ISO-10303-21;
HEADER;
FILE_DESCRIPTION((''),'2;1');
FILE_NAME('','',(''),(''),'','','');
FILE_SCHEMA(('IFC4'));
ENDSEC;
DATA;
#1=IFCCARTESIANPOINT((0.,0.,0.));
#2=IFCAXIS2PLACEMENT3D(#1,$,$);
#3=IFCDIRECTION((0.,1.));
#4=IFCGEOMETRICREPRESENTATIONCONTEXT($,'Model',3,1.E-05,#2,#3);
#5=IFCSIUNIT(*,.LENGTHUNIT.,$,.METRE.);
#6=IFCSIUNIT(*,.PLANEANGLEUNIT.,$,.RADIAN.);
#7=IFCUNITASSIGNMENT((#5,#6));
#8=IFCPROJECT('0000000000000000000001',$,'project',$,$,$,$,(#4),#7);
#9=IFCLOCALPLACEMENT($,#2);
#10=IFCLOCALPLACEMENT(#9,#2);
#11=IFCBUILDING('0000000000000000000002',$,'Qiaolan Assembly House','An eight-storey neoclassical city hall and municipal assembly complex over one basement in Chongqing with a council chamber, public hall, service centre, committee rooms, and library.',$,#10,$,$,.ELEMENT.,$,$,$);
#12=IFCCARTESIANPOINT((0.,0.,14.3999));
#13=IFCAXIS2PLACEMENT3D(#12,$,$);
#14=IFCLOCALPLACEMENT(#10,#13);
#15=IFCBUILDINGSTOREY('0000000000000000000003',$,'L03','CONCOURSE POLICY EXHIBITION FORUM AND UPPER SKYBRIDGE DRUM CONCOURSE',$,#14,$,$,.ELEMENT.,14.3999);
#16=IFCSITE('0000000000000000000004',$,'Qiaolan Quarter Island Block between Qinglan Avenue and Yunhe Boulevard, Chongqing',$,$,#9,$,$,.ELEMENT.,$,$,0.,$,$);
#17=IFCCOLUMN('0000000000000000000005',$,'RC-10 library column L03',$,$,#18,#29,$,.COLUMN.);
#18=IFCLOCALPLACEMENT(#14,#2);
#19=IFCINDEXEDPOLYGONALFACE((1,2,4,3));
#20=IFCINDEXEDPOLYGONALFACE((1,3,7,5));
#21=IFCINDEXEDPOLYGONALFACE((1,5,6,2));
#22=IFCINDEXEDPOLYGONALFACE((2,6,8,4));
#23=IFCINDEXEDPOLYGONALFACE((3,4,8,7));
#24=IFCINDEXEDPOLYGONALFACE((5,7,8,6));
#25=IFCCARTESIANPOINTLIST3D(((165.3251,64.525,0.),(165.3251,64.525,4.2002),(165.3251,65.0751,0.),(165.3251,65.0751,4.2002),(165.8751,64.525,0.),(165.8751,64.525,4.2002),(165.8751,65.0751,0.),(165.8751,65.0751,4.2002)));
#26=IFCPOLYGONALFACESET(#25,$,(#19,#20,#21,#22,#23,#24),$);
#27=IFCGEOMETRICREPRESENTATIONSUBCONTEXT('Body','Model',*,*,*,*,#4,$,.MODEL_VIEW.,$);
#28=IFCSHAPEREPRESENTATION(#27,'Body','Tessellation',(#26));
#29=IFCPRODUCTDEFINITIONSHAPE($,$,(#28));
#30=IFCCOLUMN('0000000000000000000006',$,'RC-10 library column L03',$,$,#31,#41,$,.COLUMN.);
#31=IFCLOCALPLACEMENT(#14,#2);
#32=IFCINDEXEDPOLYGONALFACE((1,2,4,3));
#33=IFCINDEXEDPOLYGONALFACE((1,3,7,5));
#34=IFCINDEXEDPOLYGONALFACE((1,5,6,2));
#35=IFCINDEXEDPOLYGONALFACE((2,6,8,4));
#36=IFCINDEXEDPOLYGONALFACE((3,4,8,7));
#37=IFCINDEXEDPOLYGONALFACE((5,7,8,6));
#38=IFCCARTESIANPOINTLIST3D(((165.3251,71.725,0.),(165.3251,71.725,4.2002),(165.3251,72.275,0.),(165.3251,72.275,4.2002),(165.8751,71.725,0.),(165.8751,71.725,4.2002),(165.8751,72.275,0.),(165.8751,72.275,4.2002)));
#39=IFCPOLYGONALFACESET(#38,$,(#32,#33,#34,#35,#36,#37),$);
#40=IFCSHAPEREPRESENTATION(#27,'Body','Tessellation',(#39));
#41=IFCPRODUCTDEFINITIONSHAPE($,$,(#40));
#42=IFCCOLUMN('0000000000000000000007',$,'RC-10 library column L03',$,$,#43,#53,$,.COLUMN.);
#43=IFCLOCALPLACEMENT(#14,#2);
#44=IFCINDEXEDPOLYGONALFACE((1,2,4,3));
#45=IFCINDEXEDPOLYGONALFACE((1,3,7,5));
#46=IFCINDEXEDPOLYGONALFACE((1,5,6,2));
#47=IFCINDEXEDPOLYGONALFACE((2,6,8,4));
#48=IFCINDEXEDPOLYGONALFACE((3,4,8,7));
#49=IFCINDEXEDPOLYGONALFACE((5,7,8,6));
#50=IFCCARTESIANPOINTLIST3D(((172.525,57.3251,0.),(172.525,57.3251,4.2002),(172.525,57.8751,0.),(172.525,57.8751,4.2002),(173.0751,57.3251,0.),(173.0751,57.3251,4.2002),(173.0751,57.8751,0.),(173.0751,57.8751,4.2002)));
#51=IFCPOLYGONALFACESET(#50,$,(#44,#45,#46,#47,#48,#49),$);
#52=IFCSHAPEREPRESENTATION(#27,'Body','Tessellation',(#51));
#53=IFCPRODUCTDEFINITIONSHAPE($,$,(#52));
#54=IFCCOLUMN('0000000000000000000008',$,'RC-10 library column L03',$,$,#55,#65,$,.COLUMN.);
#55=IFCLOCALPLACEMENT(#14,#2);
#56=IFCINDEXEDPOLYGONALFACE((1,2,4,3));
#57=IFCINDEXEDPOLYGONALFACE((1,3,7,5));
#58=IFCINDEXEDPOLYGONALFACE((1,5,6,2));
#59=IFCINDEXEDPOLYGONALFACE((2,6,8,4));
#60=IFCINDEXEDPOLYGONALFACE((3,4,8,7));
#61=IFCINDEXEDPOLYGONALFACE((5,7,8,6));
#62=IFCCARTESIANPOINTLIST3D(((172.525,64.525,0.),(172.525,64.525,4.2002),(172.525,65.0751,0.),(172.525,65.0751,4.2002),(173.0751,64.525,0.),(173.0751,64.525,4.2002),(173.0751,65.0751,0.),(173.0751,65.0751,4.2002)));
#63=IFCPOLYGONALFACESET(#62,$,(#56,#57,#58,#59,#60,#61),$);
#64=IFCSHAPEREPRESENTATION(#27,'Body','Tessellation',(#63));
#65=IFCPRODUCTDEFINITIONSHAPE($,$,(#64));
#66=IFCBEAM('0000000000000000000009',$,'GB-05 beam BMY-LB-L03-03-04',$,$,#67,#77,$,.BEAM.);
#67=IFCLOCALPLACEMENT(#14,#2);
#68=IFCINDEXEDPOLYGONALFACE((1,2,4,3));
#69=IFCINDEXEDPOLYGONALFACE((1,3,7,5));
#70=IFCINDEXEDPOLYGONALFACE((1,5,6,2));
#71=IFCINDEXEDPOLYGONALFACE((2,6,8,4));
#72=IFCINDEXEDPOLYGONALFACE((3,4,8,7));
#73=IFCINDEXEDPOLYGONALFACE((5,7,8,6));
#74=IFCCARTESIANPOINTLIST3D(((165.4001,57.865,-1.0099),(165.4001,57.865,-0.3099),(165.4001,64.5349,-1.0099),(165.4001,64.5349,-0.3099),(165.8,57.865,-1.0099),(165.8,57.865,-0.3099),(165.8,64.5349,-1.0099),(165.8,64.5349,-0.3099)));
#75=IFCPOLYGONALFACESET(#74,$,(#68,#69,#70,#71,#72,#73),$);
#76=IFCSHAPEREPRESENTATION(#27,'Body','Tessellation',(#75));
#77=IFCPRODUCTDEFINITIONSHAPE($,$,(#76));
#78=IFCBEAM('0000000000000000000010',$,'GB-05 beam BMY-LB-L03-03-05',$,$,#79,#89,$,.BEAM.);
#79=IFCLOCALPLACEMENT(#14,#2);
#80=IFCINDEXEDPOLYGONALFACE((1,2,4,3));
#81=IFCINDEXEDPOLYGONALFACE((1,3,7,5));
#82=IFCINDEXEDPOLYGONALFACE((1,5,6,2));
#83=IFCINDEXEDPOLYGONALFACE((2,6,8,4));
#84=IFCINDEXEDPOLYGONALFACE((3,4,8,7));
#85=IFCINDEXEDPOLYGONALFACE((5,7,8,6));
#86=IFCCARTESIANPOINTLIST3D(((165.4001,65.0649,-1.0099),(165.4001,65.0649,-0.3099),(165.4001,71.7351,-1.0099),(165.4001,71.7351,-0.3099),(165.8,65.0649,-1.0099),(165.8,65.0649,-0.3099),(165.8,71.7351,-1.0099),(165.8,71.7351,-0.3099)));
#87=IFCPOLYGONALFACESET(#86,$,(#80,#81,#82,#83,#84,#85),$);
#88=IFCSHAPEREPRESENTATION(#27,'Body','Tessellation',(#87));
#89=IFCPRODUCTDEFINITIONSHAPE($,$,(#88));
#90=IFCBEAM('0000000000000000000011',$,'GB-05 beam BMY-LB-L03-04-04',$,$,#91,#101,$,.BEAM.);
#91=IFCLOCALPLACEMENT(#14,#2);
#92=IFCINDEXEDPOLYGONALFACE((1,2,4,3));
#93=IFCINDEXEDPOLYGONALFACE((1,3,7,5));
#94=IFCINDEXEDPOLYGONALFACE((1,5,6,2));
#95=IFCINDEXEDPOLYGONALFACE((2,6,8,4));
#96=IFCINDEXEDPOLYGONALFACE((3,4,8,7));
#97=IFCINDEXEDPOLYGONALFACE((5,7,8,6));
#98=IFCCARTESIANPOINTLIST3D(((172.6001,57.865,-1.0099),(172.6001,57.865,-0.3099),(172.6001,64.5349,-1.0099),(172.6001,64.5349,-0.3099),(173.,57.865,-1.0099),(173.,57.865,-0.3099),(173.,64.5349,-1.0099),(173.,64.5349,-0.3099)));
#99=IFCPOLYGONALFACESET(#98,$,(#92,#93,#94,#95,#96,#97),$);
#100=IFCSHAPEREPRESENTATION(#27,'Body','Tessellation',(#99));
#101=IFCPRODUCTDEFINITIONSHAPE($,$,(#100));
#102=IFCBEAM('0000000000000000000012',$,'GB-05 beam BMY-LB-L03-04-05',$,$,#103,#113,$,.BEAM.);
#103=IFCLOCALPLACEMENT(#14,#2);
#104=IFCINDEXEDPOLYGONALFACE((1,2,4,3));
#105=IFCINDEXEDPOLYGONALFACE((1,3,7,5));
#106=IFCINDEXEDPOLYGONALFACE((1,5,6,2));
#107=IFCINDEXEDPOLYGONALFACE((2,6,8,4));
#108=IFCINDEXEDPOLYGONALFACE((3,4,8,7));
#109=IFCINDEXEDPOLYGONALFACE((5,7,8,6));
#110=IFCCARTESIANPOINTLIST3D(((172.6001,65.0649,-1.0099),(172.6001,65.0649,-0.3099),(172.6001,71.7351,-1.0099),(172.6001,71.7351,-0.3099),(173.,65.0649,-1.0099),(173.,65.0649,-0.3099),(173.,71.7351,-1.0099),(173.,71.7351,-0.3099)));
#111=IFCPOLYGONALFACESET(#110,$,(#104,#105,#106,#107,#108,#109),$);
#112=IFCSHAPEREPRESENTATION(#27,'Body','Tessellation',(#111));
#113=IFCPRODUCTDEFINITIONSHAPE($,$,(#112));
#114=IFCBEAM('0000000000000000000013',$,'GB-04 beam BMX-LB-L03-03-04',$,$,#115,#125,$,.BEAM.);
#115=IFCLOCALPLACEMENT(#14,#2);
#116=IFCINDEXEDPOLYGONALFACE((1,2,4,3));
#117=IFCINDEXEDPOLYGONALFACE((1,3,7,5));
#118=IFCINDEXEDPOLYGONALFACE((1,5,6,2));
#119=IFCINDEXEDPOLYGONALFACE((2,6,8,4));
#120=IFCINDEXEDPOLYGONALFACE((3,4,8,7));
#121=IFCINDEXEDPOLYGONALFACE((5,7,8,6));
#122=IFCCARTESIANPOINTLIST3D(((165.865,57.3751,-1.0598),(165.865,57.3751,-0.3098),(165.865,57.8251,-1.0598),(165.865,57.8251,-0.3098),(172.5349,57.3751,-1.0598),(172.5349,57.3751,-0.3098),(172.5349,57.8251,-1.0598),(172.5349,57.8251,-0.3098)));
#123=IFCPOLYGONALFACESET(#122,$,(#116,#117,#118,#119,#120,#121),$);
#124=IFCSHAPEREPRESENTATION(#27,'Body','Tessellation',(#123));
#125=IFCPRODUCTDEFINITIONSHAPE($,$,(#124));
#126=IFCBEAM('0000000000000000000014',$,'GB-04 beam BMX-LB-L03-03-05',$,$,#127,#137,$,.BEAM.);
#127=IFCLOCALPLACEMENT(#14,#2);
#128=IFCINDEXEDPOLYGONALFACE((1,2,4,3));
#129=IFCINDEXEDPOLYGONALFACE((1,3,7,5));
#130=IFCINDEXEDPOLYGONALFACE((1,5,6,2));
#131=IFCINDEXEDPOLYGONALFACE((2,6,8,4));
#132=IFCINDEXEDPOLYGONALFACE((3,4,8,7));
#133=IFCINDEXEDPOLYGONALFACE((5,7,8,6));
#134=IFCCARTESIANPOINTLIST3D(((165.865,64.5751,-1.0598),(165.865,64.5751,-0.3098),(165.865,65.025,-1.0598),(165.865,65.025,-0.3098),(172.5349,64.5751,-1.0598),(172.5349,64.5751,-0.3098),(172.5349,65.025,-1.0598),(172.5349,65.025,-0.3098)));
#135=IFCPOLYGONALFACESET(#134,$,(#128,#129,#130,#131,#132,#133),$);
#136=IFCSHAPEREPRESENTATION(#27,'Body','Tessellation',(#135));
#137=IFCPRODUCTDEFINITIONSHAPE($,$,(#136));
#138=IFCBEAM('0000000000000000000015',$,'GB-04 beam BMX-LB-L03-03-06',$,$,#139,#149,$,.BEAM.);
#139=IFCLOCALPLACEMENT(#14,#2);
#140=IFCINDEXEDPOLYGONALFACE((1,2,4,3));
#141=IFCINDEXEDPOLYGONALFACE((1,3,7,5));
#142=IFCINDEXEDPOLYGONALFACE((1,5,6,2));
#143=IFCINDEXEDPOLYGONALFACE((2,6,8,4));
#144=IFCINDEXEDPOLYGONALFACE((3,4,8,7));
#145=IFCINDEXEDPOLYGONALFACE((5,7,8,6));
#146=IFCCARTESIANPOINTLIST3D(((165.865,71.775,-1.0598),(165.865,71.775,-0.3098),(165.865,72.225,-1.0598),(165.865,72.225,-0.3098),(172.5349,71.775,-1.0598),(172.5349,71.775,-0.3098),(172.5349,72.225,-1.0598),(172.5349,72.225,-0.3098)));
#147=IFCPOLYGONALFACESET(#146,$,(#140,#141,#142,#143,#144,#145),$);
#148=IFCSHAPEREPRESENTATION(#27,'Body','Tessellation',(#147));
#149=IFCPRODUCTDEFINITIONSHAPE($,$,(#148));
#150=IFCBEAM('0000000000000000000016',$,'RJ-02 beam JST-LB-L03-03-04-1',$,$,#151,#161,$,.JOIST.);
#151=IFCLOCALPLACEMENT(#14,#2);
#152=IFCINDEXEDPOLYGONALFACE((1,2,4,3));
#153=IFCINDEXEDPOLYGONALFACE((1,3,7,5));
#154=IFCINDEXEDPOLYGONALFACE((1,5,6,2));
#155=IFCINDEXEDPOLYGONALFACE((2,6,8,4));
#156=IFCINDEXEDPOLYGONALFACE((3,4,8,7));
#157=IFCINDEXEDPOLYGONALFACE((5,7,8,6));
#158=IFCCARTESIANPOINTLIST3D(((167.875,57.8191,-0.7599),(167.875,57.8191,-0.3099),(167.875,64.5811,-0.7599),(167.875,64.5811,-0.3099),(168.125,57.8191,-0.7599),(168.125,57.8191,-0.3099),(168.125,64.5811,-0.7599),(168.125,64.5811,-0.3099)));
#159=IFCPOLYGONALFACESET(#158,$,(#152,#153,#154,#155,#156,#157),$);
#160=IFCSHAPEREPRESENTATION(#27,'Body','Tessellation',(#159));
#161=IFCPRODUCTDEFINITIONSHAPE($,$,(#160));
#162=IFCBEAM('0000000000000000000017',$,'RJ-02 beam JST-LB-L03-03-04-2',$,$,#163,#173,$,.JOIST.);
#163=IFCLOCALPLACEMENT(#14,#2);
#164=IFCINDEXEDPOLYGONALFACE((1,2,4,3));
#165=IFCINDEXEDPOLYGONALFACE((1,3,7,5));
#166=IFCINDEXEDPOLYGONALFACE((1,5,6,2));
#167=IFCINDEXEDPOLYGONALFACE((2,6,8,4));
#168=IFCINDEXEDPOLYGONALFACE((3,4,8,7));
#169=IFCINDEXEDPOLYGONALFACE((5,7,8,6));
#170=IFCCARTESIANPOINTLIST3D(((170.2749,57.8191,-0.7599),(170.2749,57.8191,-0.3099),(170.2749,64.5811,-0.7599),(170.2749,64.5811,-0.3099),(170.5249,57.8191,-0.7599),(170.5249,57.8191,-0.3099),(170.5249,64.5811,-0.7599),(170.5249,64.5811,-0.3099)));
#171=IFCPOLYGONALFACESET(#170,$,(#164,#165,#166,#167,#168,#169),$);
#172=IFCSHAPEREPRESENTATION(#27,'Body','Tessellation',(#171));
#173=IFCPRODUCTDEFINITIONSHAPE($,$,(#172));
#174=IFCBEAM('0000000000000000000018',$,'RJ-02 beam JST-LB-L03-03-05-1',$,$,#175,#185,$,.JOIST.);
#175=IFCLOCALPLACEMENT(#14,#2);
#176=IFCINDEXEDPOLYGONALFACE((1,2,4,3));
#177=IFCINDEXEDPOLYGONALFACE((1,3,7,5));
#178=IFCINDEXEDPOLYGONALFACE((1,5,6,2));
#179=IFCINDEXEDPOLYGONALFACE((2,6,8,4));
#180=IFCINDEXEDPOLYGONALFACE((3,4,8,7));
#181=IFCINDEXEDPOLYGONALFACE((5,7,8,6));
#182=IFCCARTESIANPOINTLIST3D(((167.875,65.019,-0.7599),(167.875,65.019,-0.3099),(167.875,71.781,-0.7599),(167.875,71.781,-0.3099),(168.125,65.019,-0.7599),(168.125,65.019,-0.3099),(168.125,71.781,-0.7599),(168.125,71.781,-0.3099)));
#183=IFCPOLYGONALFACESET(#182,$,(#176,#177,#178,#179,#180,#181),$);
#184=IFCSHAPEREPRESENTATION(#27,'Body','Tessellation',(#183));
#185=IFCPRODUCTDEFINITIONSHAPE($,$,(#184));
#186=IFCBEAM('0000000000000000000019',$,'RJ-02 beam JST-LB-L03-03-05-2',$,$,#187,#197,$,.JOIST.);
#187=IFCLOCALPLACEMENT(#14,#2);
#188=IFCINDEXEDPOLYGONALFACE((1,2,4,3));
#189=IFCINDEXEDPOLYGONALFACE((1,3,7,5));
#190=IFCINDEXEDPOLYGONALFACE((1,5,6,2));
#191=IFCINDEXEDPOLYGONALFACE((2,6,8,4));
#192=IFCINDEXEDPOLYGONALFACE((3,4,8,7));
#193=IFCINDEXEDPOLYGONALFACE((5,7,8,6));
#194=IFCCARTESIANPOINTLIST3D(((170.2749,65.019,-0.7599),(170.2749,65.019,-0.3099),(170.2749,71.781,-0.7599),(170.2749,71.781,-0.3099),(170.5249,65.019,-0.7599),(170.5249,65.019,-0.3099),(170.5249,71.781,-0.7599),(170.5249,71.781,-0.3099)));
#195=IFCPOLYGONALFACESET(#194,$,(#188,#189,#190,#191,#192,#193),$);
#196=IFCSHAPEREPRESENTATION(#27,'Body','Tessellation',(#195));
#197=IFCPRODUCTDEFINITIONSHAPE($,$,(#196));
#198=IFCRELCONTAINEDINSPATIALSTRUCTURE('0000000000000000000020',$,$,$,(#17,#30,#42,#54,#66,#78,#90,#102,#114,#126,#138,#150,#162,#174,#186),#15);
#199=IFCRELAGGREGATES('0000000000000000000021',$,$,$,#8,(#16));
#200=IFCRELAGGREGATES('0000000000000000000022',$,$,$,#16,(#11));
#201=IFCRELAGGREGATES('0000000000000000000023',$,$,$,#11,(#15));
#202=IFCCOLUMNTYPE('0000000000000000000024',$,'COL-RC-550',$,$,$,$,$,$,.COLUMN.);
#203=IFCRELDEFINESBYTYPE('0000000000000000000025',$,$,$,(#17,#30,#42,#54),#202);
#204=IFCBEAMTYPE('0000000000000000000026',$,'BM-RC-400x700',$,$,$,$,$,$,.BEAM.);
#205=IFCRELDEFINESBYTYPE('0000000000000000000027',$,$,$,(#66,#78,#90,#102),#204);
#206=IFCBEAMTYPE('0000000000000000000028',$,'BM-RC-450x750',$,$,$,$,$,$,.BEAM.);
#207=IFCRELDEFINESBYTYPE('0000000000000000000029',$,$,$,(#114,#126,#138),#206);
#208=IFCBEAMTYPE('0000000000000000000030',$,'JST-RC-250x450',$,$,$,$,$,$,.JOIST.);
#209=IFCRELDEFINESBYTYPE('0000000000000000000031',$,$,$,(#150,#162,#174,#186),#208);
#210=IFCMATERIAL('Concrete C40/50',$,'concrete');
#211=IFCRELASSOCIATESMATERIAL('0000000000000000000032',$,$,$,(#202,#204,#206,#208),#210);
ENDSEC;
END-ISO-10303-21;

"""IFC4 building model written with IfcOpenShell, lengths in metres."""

from ifc_helpers import new_model, si_unit, direction, frame, origin, origin_2d, place, context, subcontext, project, spatial, rectangle, extrude, material, material_profile, profile_set, type_object, element, save


model = new_model("IFC4")

# Units and contexts
model_context = context("Model", 3, precision=1e-05, world=origin(), true_north=direction((0.0, 1.0)))
body_context = subcontext(model_context, "Body", "Model", "MODEL_VIEW")
ifc_project = project(units=[si_unit("LENGTHUNIT", "METRE"), si_unit("PLANEANGLEUNIT", "RADIAN")], contexts=[model_context])

# Site, building, storey
site_placement = place(None, origin())
site = spatial("IfcSite", under=ifc_project, at=site_placement, Name="Qiaolan Quarter Island Block between Qinglan Avenue and Yunhe Boulevard, Chongqing", CompositionType="ELEMENT", RefElevation=0.0)
building_placement = place(site_placement, origin())
building = spatial("IfcBuilding", under=site, at=building_placement, Name="Qiaolan Assembly House", Description="An eight-storey neoclassical city hall and municipal assembly complex over one basement in Chongqing with a council chamber, public hall, service centre, committee rooms, and library.", CompositionType="ELEMENT")
storey_placement = place(building_placement, frame((0.0, 0.0, 14.3999)))
storey = spatial("IfcBuildingStorey", under=building, at=storey_placement, Name="L03", Description="CONCOURSE POLICY EXHIBITION FORUM AND UPPER SKYBRIDGE DRUM CONCOURSE", CompositionType="ELEMENT", Elevation=14.3999)

# Columns
ifc_material_1 = material(Name="Concrete C40/50", Category="concrete")
ifc_material_profile_1 = material_profile(ifc_material_1, rectangle(XDim=0.55, YDim=0.55, at=origin_2d()), Name="RC 550x550")
ifc_profile_set_1 = profile_set([ifc_material_profile_1], Name="Concrete C40/50")
column_type = type_object("IfcColumnType", Name="COL-RC-550", PredefinedType="COLUMN", material=ifc_profile_set_1)
for number, where, z_axis, x_axis, name in (
    (1, (165.6001, 64.8, 0.0), (0.0, 0.0, 1.0), (1.0, 0.0, 0.0), "RC-10 library column L03"),
    (2, (165.6001, 72.0, 0.0), (0.0, 0.0, 1.0), (1.0, 0.0, 0.0), "RC-10 library column L03"),
    (3, (172.8, 57.6001, 0.0), (0.0, 0.0, 1.0), (1.0, 0.0, 0.0), "RC-10 library column L03"),
    (4, (172.8, 64.8, 0.0), (0.0, 0.0, 1.0), (1.0, 0.0, 0.0), "RC-10 library column L03"),
):
    element("IfcColumn", number, at=place(storey_placement, frame(where, z_axis=z_axis, x_axis=x_axis)), inside=storey, type_object=column_type, Name=name, PredefinedType="COLUMN", context=body_context, shape_type="SweptSolid", body=[
        extrude(rectangle(XDim=0.55, YDim=0.55, at=origin_2d()), origin(), (0.0, 0.0, 1.0), 4.2002),
    ])

# Beams
ifc_material_profile_2 = material_profile(ifc_material_1, rectangle(XDim=0.3999, YDim=0.7, at=origin_2d()), Name="RCB 400x700")
ifc_profile_set_2 = profile_set([ifc_material_profile_2], Name="Concrete C40/50")
beam_type_1 = type_object("IfcBeamType", Name="BM-RC-400x700", PredefinedType="BEAM", material=ifc_profile_set_2)
beam_1_placement = place(storey_placement, frame((165.6001, 57.865, -0.6599), z_axis=(0.0, 1.0, 0.0), x_axis=(-1.0, 0.0, 0.0)))
element("IfcBeam", 5, at=beam_1_placement, inside=storey, type_object=beam_type_1, Name="GB-05 beam BMY-LB-L03-03-04", PredefinedType="BEAM", context=body_context, shape_type="SweptSolid", body=[
    extrude(rectangle(XDim=0.3999, YDim=0.7, at=origin_2d()), origin(), (0.0, 0.0, 1.0), 6.6699),
])
beam_2_placement = place(storey_placement, frame((165.6001, 65.0649, -0.6599), z_axis=(0.0, 1.0, 0.0), x_axis=(-1.0, 0.0, 0.0)))
element("IfcBeam", 6, at=beam_2_placement, inside=storey, type_object=beam_type_1, Name="GB-05 beam BMY-LB-L03-03-05", PredefinedType="BEAM", context=body_context, shape_type="SweptSolid", body=[
    extrude(rectangle(XDim=0.3999, YDim=0.7, at=origin_2d()), origin(), (0.0, 0.0, 1.0), 6.6702),
])
beam_3_placement = place(storey_placement, frame((172.8, 57.865, -0.6599), z_axis=(0.0, 1.0, 0.0), x_axis=(-1.0, 0.0, 0.0)))
element("IfcBeam", 7, at=beam_3_placement, inside=storey, type_object=beam_type_1, Name="GB-05 beam BMY-LB-L03-04-04", PredefinedType="BEAM", context=body_context, shape_type="SweptSolid", body=[
    extrude(rectangle(XDim=0.3999, YDim=0.7, at=origin_2d()), origin(), (0.0, 0.0, 1.0), 6.6699),
])
beam_4_placement = place(storey_placement, frame((172.8, 65.0649, -0.6599), z_axis=(0.0, 1.0, 0.0), x_axis=(-1.0, 0.0, 0.0)))
element("IfcBeam", 8, at=beam_4_placement, inside=storey, type_object=beam_type_1, Name="GB-05 beam BMY-LB-L03-04-05", PredefinedType="BEAM", context=body_context, shape_type="SweptSolid", body=[
    extrude(rectangle(XDim=0.3999, YDim=0.7, at=origin_2d()), origin(), (0.0, 0.0, 1.0), 6.6702),
])
ifc_material_profile_3 = material_profile(ifc_material_1, rectangle(XDim=0.45, YDim=0.75, at=origin_2d()), Name="RCB 450x750")
ifc_profile_set_3 = profile_set([ifc_material_profile_3], Name="Concrete C40/50")
beam_type_2 = type_object("IfcBeamType", Name="BM-RC-450x750", PredefinedType="BEAM", material=ifc_profile_set_3)
for number, where, z_axis, x_axis, name in (
    (9, (165.865, 57.6001, -0.6848), (1.0, 0.0, 0.0), (0.0, 1.0, 0.0), "GB-04 beam BMX-LB-L03-03-04"),
    (10, (165.865, 64.8, -0.6848), (1.0, 0.0, 0.0), (0.0, 1.0, 0.0), "GB-04 beam BMX-LB-L03-03-05"),
    (11, (165.865, 72.0, -0.6848), (1.0, 0.0, 0.0), (0.0, 1.0, 0.0), "GB-04 beam BMX-LB-L03-03-06"),
):
    element("IfcBeam", number, at=place(storey_placement, frame(where, z_axis=z_axis, x_axis=x_axis)), inside=storey, type_object=beam_type_2, Name=name, PredefinedType="BEAM", context=body_context, shape_type="SweptSolid", body=[
        extrude(rectangle(XDim=0.45, YDim=0.75, at=origin_2d()), origin(), (0.0, 0.0, 1.0), 6.6699),
    ])
ifc_material_profile_4 = material_profile(ifc_material_1, rectangle(XDim=0.25, YDim=0.45, at=origin_2d()), Name="RCB 250x450")
ifc_profile_set_4 = profile_set([ifc_material_profile_4], Name="Concrete C40/50")
beam_type_3 = type_object("IfcBeamType", Name="JST-RC-250x450", PredefinedType="JOIST", material=ifc_profile_set_4)
for number, where, z_axis, x_axis, name in (
    (12, (168.0, 57.8191, -0.5349), (0.0, 1.0, 0.0), (-1.0, 0.0, 0.0), "RJ-02 beam JST-LB-L03-03-04-1"),
    (13, (170.3999, 57.8191, -0.5349), (0.0, 1.0, 0.0), (-1.0, 0.0, 0.0), "RJ-02 beam JST-LB-L03-03-04-2"),
    (14, (168.0, 65.019, -0.5349), (0.0, 1.0, 0.0), (-1.0, 0.0, 0.0), "RJ-02 beam JST-LB-L03-03-05-1"),
    (15, (170.3999, 65.019, -0.5349), (0.0, 1.0, 0.0), (-1.0, 0.0, 0.0), "RJ-02 beam JST-LB-L03-03-05-2"),
):
    element("IfcBeam", number, at=place(storey_placement, frame(where, z_axis=z_axis, x_axis=x_axis)), inside=storey, type_object=beam_type_3, Name=name, PredefinedType="JOIST", context=body_context, shape_type="SweptSolid", body=[
        extrude(rectangle(XDim=0.25, YDim=0.45, at=origin_2d()), origin(), (0.0, 0.0, 1.0), 6.762),
    ])

save(model, "model.ifc")
